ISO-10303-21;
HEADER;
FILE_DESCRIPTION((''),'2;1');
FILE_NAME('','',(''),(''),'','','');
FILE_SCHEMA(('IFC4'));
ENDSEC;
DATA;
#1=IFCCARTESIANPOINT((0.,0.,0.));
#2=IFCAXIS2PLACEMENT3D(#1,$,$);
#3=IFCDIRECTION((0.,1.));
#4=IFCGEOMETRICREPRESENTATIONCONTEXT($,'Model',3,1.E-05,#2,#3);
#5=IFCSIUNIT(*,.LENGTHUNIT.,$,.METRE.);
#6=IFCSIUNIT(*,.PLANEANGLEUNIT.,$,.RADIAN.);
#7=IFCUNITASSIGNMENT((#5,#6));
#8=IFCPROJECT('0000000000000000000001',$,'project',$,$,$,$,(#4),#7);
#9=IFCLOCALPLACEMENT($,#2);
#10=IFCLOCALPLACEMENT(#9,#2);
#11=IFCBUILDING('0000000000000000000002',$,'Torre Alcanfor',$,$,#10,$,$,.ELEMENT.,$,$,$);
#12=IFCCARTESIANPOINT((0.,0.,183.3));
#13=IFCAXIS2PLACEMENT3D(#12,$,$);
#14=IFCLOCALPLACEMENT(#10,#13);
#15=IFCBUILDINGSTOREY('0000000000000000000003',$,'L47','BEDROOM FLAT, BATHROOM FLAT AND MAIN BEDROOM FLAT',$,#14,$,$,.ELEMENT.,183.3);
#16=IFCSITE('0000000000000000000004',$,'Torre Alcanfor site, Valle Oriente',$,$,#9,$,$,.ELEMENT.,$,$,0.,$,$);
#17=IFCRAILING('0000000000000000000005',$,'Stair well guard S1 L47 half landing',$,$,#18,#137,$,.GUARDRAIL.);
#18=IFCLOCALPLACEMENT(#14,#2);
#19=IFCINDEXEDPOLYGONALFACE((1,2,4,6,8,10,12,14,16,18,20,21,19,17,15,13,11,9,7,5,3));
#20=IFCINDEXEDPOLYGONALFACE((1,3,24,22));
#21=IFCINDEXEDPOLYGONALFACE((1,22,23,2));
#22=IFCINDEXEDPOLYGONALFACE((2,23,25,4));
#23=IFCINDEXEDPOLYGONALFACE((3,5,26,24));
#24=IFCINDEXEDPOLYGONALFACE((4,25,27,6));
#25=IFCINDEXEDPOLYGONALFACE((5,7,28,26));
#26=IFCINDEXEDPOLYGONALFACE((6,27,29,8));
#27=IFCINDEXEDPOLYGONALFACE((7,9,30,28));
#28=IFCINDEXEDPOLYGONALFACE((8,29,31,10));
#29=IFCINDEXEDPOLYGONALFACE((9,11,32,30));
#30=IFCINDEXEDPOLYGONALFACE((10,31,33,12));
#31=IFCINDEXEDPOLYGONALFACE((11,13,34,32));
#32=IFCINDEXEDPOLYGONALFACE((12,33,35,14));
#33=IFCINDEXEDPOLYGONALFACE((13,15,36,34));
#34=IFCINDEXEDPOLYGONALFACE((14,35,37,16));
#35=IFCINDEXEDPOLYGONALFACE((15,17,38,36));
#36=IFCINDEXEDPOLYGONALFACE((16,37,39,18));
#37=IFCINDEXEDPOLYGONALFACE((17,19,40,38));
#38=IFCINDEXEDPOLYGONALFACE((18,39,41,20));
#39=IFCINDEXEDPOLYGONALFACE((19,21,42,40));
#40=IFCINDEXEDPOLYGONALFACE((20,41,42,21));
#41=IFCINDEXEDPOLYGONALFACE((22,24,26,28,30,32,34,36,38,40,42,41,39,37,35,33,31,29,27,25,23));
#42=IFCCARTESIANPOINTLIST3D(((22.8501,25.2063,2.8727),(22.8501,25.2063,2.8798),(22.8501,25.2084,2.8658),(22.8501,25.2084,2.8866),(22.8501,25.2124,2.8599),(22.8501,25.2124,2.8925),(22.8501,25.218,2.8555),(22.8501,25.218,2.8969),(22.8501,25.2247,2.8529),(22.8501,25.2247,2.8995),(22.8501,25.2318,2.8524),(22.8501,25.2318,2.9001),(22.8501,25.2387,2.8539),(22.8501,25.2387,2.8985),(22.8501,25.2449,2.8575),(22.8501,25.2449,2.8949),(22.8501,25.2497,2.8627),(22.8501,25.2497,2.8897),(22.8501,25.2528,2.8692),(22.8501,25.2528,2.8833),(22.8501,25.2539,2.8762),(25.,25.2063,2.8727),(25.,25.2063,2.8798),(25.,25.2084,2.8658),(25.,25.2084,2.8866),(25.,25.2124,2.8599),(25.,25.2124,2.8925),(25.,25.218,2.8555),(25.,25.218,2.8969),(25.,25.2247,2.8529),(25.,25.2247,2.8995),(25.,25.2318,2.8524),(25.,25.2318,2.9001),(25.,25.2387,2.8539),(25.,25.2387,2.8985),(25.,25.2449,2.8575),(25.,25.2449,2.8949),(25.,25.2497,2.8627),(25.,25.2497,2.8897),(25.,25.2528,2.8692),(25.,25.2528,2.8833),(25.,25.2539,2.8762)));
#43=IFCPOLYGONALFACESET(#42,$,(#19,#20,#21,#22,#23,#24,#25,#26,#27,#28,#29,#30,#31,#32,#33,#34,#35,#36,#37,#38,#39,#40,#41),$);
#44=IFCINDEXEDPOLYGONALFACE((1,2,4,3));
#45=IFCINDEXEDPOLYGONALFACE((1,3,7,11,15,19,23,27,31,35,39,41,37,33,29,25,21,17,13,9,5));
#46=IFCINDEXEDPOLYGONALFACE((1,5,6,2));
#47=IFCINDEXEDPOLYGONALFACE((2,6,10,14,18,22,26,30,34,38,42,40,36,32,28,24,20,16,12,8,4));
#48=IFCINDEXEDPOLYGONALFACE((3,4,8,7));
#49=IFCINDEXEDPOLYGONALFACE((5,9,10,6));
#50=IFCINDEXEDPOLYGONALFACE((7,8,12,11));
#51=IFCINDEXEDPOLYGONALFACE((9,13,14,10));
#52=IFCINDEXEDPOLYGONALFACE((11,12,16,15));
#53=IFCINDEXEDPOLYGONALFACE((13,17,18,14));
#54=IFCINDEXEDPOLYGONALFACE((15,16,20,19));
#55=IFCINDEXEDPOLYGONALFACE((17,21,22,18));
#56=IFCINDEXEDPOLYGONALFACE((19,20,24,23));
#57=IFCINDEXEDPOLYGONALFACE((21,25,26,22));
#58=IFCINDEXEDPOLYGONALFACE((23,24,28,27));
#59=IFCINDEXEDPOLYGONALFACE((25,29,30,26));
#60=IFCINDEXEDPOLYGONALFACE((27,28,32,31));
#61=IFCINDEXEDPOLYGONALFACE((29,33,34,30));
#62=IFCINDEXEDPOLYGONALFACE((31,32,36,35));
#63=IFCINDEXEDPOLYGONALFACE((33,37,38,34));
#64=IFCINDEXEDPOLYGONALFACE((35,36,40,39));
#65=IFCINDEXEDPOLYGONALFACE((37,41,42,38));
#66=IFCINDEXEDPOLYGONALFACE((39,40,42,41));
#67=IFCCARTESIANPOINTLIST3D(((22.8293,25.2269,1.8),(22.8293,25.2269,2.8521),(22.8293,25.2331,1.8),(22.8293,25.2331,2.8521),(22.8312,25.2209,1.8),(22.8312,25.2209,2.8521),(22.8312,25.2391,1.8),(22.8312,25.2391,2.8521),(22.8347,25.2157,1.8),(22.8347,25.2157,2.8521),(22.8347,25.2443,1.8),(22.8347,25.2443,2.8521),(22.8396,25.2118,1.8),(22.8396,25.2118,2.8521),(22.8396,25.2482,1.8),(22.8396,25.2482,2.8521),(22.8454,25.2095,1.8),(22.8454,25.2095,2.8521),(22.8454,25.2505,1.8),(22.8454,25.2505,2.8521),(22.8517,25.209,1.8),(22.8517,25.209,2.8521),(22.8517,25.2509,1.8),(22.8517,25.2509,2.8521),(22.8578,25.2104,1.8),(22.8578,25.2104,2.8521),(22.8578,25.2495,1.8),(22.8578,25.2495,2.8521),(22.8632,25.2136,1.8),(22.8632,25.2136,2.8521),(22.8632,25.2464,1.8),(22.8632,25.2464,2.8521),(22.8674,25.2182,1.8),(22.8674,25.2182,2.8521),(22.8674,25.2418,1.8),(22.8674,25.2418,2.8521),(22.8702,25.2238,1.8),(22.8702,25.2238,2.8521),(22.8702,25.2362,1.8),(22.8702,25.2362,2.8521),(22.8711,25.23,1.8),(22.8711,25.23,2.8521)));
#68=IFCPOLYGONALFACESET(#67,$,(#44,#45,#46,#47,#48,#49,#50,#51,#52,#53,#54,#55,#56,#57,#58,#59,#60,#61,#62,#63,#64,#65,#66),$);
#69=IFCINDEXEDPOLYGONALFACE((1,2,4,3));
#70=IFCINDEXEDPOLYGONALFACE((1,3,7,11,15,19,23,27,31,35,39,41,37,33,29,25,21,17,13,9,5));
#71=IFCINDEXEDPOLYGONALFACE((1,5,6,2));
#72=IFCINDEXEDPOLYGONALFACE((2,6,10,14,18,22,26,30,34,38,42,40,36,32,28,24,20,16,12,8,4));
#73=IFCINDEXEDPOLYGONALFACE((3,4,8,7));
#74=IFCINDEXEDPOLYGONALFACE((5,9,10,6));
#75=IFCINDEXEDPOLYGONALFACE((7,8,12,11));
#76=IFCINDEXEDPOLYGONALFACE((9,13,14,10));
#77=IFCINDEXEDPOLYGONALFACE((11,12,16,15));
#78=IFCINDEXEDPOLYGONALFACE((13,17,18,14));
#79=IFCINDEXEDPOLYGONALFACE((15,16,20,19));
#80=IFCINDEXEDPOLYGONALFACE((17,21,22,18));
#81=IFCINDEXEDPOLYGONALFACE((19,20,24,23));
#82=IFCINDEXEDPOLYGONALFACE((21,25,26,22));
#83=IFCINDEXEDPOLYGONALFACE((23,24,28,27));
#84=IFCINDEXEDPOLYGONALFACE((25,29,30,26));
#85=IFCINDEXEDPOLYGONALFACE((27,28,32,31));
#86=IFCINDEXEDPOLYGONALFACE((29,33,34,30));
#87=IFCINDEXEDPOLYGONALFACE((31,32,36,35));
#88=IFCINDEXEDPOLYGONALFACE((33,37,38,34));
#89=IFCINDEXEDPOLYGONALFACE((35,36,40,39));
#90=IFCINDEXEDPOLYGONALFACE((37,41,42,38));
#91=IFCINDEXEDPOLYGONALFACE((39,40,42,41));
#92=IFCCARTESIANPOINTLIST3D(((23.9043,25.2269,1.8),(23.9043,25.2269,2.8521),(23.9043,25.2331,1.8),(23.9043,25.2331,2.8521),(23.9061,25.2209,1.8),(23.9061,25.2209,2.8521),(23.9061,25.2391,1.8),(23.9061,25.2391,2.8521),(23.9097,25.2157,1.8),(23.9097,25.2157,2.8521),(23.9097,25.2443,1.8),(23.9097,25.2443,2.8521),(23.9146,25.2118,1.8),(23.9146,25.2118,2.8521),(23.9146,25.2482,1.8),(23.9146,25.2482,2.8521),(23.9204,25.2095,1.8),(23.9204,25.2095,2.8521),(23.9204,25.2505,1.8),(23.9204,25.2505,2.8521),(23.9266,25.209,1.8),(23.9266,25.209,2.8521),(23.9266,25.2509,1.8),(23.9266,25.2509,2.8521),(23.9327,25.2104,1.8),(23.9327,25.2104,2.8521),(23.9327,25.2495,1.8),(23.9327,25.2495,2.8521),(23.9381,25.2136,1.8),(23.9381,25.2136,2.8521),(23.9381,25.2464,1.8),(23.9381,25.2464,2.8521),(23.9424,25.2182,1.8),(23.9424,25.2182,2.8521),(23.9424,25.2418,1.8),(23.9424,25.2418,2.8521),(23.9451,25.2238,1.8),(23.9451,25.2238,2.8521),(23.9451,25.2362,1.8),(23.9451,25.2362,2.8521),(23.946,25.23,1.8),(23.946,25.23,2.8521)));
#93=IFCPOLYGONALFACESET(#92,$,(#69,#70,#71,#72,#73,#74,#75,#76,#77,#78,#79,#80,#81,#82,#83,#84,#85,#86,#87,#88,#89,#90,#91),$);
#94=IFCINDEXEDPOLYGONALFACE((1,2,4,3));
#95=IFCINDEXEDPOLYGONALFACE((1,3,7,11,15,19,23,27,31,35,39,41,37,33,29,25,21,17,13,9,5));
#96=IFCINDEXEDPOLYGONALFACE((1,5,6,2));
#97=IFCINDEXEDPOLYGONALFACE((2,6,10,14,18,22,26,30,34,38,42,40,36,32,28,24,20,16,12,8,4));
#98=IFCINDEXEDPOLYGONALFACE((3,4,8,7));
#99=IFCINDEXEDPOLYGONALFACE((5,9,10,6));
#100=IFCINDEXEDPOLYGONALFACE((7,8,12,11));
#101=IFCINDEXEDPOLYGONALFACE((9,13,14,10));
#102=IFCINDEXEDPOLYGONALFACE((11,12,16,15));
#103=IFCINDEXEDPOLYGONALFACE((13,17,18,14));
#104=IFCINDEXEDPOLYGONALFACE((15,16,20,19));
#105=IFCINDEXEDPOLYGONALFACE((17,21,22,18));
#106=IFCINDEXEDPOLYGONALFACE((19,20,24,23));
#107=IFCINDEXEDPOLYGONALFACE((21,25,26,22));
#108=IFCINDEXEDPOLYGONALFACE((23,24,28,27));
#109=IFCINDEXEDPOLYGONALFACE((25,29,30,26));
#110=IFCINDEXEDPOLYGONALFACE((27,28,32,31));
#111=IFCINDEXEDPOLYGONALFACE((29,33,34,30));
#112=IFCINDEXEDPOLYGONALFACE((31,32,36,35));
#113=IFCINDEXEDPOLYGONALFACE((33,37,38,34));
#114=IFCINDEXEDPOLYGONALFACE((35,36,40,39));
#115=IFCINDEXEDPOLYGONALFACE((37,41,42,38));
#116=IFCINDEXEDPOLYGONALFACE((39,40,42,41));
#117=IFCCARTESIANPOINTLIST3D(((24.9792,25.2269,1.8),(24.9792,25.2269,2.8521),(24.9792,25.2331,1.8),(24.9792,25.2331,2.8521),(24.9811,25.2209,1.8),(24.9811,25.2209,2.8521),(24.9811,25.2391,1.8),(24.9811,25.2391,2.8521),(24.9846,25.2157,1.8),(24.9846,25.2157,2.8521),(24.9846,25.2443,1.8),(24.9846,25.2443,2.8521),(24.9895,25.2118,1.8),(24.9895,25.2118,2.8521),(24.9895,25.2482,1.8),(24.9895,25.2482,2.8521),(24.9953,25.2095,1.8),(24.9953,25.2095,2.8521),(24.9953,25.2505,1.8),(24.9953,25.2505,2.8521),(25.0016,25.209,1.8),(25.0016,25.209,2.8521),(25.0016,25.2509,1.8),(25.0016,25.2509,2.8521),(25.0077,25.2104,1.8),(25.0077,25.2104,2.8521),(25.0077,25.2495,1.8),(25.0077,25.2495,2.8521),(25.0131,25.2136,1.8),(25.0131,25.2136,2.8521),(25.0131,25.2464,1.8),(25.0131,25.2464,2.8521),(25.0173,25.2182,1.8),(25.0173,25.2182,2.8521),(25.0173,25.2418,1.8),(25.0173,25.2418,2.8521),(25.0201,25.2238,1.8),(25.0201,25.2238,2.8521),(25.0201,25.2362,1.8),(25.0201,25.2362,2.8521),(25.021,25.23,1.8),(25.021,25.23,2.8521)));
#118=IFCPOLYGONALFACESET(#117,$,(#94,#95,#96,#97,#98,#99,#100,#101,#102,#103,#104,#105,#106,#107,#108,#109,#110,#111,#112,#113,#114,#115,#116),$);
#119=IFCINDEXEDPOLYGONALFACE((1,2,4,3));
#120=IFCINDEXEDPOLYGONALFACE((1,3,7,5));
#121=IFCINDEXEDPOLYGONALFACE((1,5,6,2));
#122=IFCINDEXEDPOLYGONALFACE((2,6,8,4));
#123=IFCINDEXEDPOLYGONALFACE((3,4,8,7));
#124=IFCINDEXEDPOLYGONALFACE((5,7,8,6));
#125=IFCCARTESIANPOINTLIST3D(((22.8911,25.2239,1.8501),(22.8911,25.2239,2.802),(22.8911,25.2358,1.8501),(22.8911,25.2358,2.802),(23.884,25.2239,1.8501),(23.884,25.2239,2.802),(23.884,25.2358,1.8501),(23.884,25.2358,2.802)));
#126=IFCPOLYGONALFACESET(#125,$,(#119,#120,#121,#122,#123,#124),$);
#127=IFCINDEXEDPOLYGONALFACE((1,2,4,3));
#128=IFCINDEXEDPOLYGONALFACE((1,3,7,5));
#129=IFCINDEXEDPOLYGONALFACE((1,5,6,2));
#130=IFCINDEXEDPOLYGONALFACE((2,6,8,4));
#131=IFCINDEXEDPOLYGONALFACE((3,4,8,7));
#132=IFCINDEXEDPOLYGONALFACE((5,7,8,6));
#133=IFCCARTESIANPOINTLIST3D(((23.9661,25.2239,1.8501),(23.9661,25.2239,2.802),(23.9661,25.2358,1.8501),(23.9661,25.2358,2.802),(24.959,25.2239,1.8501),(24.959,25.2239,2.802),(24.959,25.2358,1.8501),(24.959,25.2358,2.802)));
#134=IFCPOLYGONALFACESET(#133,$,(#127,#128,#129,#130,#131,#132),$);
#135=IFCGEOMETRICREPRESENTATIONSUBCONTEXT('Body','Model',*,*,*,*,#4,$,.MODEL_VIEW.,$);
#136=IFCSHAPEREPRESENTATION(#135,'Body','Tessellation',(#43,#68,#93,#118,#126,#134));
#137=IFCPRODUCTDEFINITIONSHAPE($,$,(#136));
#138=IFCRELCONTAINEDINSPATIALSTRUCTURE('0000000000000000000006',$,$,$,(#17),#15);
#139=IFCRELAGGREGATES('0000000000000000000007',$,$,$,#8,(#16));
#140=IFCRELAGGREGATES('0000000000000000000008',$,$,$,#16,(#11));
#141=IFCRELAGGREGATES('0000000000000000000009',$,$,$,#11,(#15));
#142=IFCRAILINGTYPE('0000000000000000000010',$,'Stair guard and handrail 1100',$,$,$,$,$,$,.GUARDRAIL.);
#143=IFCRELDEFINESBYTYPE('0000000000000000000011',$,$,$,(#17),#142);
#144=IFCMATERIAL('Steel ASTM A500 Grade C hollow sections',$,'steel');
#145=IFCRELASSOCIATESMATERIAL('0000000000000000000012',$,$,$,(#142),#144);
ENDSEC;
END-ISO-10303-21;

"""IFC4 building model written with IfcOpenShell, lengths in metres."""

from ifc_helpers import new_model, si_unit, direction, frame, origin, origin_2d, place, context, subcontext, project, spatial, polyline, circle, outline, extrude, material, type_object, element, save


model = new_model("IFC4")

# Units and contexts
model_context = context("Model", 3, precision=1e-05, world=origin(), true_north=direction((0.0, 1.0)))
body_context = subcontext(model_context, "Body", "Model", "MODEL_VIEW")
ifc_project = project(units=[si_unit("LENGTHUNIT", "METRE"), si_unit("PLANEANGLEUNIT", "RADIAN")], contexts=[model_context])

# Site, building, storey
site_placement = place(None, origin())
site = spatial("IfcSite", under=ifc_project, at=site_placement, Name="Torre Alcanfor site, Valle Oriente", CompositionType="ELEMENT", RefElevation=0.0)
building_placement = place(site_placement, origin())
building = spatial("IfcBuilding", under=site, at=building_placement, Name="Torre Alcanfor", CompositionType="ELEMENT")
storey_placement = place(building_placement, frame((0.0, 0.0, 183.3)))
storey = spatial("IfcBuildingStorey", under=building, at=storey_placement, Name="L47", Description="BEDROOM FLAT, BATHROOM FLAT AND MAIN BEDROOM FLAT", CompositionType="ELEMENT", Elevation=183.3)

# Railing
ifc_material_1 = material(Name="Steel ASTM A500 Grade C hollow sections", Category="steel")
railing_type_1 = type_object("IfcRailingType", Name="Stair guard and handrail 1100", PredefinedType="GUARDRAIL", material=ifc_material_1)
railing_1_placement = place(storey_placement, frame((22.8501, 25.23, 1.8)))
element("IfcRailing", 1, at=railing_1_placement, inside=storey, type_object=railing_type_1, Name="Stair well guard S1 L47 half landing", PredefinedType="GUARDRAIL", context=body_context, shape_type="SweptSolid", body=[
    extrude(circle(Radius=0.0239, at=origin_2d()), frame((0.0, 0.0, 1.0762), z_axis=(1.0, 0.0, 0.0), x_axis=(0.0, 1.0, 0.0)), (0.0, 0.0, 1.0), 2.1499),
    extrude(circle(Radius=0.021, at=origin_2d()), origin(), (0.0, 0.0, 1.0), 1.052),
    extrude(circle(Radius=0.021, at=origin_2d()), frame((1.075, 0.0, 0.0)), (0.0, 0.0, 1.0), 1.052),
    extrude(circle(Radius=0.021, at=origin_2d()), frame((2.1499, 0.0, 0.0)), (0.0, 0.0, 1.0), 1.052),
    extrude(outline(polyline([(0.041, 0.05), (1.0339, 0.05), (1.0339, 1.002), (0.041, 1.002), (0.041, 0.05)])), frame((0.0, 0.0059, 0.0), z_axis=(0.0, -1.0, 0.0), x_axis=(1.0, 0.0, 0.0)), (0.0, 0.0, 1.0), 0.012),
    extrude(outline(polyline([(1.116, 0.05), (2.1089, 0.05), (2.1089, 1.002), (1.116, 1.002), (1.116, 0.05)])), frame((0.0, 0.0059, 0.0), z_axis=(0.0, -1.0, 0.0), x_axis=(1.0, 0.0, 0.0)), (0.0, 0.0, 1.0), 0.012),
])

save(model, "model.ifc")
